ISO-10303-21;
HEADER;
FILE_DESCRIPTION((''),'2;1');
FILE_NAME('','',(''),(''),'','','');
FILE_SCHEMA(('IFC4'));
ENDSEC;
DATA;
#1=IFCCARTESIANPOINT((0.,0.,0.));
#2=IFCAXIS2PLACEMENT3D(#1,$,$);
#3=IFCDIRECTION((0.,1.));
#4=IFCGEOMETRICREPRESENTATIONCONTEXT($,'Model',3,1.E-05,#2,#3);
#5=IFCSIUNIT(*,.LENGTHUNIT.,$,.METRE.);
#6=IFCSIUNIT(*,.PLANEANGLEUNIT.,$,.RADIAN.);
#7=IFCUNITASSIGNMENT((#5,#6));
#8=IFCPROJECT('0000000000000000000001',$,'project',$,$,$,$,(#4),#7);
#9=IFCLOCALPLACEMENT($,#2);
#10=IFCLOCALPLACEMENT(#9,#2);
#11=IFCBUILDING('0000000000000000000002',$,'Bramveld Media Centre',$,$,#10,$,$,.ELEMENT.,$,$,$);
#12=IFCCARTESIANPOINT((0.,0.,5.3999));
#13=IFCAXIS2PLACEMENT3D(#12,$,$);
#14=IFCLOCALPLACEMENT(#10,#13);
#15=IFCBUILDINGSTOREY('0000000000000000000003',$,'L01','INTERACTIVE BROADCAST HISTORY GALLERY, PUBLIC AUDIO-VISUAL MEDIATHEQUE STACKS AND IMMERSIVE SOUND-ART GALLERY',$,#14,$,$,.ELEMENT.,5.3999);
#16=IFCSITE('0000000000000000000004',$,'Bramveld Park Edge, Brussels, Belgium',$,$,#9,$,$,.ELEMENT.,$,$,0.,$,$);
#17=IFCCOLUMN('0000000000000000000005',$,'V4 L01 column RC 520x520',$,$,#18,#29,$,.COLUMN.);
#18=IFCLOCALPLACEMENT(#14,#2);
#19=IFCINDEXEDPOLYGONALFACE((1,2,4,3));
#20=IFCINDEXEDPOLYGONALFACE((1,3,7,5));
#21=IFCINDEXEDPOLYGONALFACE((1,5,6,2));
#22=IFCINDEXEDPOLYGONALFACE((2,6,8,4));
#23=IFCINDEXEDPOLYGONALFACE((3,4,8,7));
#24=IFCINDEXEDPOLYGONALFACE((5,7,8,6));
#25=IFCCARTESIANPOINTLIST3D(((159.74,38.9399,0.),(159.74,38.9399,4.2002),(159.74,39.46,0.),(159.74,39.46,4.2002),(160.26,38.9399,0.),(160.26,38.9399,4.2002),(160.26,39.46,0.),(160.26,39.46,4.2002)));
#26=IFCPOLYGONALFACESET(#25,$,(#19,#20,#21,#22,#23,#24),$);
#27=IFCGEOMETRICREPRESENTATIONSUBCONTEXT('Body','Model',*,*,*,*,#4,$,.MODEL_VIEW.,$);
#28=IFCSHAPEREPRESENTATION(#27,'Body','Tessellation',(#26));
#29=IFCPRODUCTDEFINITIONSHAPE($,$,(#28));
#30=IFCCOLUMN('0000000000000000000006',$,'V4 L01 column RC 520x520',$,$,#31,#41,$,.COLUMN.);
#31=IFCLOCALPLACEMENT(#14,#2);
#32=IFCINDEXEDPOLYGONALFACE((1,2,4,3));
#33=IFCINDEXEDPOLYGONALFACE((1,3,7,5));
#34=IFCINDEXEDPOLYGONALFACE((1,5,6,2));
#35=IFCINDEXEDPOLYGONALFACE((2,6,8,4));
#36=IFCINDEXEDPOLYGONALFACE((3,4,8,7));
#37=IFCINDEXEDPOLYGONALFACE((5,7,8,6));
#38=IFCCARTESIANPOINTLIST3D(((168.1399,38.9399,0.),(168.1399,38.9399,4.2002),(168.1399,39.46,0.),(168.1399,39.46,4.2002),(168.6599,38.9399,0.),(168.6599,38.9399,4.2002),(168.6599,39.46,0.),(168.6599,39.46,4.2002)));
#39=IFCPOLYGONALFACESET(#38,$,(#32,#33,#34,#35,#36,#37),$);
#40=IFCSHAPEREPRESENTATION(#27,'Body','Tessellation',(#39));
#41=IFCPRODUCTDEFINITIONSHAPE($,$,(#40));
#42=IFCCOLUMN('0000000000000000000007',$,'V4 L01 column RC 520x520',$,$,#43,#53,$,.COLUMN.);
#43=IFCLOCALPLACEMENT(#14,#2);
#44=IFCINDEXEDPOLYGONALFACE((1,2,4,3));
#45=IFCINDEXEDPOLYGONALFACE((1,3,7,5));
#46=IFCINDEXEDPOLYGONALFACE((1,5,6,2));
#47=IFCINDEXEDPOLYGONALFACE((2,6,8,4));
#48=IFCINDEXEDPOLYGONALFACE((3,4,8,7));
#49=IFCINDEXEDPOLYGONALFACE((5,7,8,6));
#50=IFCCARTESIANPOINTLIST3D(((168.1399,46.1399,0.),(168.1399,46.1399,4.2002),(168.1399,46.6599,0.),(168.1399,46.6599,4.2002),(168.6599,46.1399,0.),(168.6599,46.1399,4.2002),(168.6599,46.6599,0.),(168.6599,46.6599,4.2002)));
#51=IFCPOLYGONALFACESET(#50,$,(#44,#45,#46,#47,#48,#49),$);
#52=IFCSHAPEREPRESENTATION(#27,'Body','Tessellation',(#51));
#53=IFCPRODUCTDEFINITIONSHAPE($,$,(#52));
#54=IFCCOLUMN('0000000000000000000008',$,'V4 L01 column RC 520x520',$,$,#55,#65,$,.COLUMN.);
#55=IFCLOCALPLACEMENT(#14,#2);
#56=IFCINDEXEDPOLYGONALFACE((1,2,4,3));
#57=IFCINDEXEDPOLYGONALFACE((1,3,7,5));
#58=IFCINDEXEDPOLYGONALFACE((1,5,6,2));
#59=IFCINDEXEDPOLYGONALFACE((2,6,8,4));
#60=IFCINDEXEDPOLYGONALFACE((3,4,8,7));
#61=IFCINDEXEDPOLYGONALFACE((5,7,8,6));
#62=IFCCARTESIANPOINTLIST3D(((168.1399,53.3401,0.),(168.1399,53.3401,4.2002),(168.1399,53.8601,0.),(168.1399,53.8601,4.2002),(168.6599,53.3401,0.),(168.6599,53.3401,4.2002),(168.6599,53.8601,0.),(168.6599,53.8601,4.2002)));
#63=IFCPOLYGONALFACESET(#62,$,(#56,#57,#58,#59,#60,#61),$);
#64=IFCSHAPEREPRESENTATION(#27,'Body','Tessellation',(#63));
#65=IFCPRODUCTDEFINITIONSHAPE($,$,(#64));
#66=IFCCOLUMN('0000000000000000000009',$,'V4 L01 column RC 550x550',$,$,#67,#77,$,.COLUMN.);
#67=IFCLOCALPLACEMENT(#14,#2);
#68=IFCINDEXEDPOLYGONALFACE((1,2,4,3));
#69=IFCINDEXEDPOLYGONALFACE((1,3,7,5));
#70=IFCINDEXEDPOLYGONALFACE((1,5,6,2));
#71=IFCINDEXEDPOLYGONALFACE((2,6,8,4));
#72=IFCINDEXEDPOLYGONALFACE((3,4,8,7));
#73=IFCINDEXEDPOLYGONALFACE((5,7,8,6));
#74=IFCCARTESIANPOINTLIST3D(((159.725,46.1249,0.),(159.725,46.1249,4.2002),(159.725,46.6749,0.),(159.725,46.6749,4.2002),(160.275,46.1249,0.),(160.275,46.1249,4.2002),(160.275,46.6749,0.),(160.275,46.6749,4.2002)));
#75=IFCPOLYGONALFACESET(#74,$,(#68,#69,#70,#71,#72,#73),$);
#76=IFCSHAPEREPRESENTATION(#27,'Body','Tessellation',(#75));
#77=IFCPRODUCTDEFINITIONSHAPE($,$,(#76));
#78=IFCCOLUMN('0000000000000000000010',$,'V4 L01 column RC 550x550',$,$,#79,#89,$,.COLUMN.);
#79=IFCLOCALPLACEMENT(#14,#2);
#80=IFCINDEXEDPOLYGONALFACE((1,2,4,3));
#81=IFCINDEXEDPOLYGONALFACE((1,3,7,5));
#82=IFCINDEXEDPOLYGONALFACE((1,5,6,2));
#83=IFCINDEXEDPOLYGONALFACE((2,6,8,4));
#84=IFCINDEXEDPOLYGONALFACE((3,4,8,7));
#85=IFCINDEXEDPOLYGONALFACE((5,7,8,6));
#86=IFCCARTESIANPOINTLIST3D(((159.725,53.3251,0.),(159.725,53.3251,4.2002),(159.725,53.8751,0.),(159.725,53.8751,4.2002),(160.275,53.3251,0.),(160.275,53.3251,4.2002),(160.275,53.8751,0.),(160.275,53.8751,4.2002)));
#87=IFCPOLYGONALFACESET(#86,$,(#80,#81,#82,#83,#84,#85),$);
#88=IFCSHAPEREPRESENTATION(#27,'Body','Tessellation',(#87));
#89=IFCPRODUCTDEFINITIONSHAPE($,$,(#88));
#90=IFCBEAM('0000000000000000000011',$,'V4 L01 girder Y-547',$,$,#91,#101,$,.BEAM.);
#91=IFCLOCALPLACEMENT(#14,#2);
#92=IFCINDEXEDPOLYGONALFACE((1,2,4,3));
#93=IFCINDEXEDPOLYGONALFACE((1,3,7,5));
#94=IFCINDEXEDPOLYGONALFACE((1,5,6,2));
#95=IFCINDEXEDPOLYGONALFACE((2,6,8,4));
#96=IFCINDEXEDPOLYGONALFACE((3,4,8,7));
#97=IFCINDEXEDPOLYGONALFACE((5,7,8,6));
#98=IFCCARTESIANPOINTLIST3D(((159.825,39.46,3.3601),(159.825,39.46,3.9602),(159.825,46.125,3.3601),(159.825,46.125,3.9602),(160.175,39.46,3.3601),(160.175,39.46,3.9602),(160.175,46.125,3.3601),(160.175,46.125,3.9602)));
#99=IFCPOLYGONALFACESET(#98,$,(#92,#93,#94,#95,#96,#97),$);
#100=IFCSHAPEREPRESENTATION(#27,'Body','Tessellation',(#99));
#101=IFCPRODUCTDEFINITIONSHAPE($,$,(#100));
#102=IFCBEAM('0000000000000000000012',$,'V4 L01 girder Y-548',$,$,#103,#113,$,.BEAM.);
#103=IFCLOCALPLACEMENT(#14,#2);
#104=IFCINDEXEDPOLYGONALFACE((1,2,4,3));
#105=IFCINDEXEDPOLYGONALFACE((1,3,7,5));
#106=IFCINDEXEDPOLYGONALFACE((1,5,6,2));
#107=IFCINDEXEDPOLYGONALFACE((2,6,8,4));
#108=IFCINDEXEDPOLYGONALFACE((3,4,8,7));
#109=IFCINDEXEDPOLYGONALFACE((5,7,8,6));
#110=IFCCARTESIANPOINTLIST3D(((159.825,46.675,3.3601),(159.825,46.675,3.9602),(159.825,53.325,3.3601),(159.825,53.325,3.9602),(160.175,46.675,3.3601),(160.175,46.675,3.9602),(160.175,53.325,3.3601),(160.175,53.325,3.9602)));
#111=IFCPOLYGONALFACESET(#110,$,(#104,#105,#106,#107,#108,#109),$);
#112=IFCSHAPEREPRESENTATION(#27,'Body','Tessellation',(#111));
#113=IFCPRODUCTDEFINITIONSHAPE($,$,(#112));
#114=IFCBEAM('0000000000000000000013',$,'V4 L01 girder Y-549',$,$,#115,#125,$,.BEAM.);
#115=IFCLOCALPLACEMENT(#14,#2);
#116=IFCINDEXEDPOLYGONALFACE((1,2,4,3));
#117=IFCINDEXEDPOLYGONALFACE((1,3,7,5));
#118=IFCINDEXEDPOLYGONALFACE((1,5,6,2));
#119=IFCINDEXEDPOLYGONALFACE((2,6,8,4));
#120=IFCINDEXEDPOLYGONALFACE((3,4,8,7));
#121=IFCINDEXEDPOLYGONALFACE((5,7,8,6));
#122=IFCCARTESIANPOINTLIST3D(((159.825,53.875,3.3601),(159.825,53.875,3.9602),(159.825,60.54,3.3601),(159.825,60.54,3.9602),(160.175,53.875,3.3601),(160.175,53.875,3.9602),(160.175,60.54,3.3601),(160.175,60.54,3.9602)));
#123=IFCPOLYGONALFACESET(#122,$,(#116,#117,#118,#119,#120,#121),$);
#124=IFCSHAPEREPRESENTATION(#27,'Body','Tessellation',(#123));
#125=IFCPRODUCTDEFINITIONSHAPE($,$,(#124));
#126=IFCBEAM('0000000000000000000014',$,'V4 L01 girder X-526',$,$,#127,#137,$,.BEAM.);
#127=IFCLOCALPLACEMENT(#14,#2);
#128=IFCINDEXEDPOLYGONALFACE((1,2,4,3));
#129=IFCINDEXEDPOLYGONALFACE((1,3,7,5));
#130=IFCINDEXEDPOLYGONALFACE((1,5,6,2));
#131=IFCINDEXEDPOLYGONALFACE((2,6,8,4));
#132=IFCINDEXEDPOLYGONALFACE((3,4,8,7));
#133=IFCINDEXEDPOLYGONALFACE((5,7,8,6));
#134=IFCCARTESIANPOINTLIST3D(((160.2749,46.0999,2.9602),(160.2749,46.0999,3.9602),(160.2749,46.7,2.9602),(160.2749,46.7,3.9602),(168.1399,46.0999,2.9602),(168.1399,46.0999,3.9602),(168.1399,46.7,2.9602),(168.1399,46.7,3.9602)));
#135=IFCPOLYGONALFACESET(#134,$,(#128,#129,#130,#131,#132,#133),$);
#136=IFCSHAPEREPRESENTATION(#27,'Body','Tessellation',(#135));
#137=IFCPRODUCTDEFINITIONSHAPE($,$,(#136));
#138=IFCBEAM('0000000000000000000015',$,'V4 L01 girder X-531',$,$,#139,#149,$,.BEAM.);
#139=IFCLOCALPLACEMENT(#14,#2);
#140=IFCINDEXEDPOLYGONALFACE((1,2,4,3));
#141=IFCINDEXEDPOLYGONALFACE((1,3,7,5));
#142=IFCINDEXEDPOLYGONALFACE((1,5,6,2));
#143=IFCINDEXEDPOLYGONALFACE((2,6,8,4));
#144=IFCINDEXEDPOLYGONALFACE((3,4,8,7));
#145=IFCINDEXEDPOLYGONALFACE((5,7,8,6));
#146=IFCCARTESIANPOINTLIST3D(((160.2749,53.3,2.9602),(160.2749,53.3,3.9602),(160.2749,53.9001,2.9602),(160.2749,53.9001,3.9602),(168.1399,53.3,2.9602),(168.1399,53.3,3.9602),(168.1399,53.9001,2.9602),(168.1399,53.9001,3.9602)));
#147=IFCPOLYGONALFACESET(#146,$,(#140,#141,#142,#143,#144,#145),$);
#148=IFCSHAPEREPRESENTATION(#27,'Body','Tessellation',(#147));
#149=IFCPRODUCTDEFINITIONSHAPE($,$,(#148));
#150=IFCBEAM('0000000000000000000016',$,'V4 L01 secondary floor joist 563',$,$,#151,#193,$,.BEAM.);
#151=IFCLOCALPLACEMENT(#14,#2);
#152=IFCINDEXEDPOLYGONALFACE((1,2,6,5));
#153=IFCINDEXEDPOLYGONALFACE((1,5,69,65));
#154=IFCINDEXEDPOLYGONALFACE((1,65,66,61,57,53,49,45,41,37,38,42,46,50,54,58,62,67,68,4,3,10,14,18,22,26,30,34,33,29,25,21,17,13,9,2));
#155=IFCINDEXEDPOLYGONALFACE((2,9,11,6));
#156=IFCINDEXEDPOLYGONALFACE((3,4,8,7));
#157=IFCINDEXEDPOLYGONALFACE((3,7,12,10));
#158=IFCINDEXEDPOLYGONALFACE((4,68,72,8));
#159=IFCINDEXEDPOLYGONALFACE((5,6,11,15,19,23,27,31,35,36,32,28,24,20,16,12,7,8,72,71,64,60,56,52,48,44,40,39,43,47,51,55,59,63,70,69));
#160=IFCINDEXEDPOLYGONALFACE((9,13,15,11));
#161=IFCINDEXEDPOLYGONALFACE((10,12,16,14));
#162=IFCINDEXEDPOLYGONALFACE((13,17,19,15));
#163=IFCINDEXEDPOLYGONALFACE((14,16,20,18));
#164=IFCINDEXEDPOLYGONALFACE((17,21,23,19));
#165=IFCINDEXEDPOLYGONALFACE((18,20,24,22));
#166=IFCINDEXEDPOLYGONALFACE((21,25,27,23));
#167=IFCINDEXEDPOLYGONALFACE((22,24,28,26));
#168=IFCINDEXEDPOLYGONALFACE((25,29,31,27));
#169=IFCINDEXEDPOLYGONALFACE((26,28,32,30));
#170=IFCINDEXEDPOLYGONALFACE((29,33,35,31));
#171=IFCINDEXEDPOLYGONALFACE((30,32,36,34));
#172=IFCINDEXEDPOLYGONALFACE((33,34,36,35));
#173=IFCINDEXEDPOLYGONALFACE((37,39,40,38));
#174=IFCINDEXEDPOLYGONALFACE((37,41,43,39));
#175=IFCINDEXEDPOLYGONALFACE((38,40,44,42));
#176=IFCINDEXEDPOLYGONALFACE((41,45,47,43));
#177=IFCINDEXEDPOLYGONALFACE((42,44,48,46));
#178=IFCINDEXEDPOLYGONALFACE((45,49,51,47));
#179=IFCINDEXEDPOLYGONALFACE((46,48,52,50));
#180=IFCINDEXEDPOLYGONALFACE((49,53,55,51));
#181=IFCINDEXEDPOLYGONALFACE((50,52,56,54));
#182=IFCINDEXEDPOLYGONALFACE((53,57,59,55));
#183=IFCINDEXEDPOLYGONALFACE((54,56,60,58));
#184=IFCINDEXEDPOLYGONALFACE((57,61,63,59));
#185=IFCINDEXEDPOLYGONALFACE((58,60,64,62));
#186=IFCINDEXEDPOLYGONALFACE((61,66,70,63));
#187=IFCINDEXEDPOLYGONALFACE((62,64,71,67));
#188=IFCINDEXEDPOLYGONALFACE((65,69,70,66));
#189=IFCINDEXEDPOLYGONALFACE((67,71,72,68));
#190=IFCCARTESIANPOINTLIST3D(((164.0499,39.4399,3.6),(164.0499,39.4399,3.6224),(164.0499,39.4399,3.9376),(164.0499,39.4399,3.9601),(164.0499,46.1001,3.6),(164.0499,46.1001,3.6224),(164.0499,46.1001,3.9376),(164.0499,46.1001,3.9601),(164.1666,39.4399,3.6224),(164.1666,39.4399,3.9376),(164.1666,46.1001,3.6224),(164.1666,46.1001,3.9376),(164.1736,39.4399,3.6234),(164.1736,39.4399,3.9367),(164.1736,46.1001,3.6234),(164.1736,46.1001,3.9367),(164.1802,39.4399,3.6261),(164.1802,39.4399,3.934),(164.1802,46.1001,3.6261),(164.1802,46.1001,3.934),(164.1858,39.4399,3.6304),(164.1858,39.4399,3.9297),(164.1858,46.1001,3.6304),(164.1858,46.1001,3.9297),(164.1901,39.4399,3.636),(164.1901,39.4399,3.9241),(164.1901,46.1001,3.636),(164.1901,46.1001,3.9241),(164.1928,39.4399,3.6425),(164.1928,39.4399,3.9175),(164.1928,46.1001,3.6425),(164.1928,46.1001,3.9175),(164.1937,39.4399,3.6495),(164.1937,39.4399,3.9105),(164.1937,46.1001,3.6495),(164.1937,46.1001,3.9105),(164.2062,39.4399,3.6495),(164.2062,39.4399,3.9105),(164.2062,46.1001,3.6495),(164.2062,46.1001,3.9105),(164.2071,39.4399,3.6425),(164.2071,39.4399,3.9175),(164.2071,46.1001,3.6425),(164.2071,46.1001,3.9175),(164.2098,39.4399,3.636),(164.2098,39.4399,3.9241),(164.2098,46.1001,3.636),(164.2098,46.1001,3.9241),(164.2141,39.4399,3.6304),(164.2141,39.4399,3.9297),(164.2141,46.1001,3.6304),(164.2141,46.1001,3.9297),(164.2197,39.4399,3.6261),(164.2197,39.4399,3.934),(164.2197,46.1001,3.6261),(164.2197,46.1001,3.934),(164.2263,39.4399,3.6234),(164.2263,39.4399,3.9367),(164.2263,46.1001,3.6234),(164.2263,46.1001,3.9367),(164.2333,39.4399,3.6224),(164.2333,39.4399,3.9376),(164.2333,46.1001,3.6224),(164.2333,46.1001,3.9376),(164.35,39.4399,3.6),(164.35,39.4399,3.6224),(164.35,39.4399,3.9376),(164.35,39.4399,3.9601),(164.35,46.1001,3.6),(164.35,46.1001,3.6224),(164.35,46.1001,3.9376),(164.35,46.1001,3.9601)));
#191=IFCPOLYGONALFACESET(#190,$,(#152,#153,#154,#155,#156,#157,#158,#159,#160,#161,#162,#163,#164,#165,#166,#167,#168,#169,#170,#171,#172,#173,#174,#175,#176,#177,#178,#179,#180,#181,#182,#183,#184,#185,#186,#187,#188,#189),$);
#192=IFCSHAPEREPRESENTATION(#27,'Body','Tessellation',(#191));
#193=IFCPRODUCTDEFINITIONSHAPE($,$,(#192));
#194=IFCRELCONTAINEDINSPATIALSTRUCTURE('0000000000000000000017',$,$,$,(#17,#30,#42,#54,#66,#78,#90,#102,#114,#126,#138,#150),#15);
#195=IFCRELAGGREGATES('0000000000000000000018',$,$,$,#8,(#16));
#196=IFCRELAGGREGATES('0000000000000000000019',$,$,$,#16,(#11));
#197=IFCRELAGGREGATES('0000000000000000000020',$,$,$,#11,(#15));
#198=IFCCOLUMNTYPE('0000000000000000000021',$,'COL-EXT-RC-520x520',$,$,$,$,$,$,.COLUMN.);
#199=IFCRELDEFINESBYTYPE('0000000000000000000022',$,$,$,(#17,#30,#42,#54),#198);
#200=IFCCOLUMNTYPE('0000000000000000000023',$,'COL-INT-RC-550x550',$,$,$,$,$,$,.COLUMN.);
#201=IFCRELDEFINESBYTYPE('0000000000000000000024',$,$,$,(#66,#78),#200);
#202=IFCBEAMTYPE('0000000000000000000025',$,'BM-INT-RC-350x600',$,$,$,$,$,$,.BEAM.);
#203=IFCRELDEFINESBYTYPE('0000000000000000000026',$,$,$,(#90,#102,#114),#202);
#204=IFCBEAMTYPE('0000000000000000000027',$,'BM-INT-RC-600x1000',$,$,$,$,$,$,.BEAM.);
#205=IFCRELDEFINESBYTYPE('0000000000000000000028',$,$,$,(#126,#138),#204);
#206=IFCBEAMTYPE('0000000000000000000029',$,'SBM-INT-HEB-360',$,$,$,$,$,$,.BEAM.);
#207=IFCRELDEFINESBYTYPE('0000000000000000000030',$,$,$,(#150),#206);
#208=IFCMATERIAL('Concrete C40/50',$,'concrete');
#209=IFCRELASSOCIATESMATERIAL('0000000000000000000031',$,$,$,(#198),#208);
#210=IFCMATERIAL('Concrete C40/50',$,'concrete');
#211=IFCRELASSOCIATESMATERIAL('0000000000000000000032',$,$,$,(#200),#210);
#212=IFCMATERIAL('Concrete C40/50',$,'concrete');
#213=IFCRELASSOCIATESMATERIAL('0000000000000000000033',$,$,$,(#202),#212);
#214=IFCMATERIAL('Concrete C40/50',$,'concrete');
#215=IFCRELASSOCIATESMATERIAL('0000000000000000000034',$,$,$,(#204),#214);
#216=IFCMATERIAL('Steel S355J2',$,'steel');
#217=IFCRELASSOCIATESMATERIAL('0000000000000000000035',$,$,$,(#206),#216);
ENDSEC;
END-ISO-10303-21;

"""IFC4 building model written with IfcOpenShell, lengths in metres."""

from ifc_helpers import new_model, si_unit, direction, frame, origin, origin_2d, place, context, subcontext, project, spatial, rectangle, i_section, extrude, material, material_profile, profile_set, type_object, element, save


model = new_model("IFC4")

# Units and contexts
model_context = context("Model", 3, precision=1e-05, world=origin(), true_north=direction((0.0, 1.0)))
body_context = subcontext(model_context, "Body", "Model", "MODEL_VIEW")
ifc_project = project(units=[si_unit("LENGTHUNIT", "METRE"), si_unit("PLANEANGLEUNIT", "RADIAN")], contexts=[model_context])

# Site, building, storey
site_placement = place(None, origin())
site = spatial("IfcSite", under=ifc_project, at=site_placement, Name="Bramveld Park Edge, Brussels, Belgium", CompositionType="ELEMENT", RefElevation=0.0)
building_placement = place(site_placement, origin())
building = spatial("IfcBuilding", under=site, at=building_placement, Name="Bramveld Media Centre", CompositionType="ELEMENT")
storey_placement = place(building_placement, frame((0.0, 0.0, 5.3999)))
storey = spatial("IfcBuildingStorey", under=building, at=storey_placement, Name="L01", Description="INTERACTIVE BROADCAST HISTORY GALLERY, PUBLIC AUDIO-VISUAL MEDIATHEQUE STACKS AND IMMERSIVE SOUND-ART GALLERY", CompositionType="ELEMENT", Elevation=5.3999)

# Columns
ifc_material_1 = material(Name="Concrete C40/50", Category="concrete")
ifc_material_profile_1 = material_profile(ifc_material_1, rectangle(XDim=0.52, YDim=0.52, at=origin_2d()), Name="RC 520x520")
ifc_profile_set_1 = profile_set([ifc_material_profile_1], Name="Concrete C40/50")
column_type_1 = type_object("IfcColumnType", Name="COL-EXT-RC-520x520", PredefinedType="COLUMN", material=ifc_profile_set_1)
for number, where, z_axis, x_axis, name in (
    (1, (160.0, 39.2, 0.0), (0.0, 0.0, 1.0), (1.0, 0.0, 0.0), "V4 L01 column RC 520x520"),
    (2, (168.3999, 39.2, 0.0), (0.0, 0.0, 1.0), (1.0, 0.0, 0.0), "V4 L01 column RC 520x520"),
    (3, (168.3999, 46.3999, 0.0), (0.0, 0.0, 1.0), (1.0, 0.0, 0.0), "V4 L01 column RC 520x520"),
    (4, (168.3999, 53.6001, 0.0), (0.0, 0.0, 1.0), (1.0, 0.0, 0.0), "V4 L01 column RC 520x520"),
):
    element("IfcColumn", number, at=place(storey_placement, frame(where, z_axis=z_axis, x_axis=x_axis)), inside=storey, type_object=column_type_1, Name=name, PredefinedType="COLUMN", context=body_context, shape_type="SweptSolid", body=[
        extrude(rectangle(XDim=0.52, YDim=0.52, at=origin_2d()), origin(), (0.0, 0.0, 1.0), 4.2002),
    ])
ifc_material_2 = material(Name="Concrete C40/50", Category="concrete")
ifc_material_profile_2 = material_profile(ifc_material_2, rectangle(XDim=0.55, YDim=0.55, at=origin_2d()), Name="RC 550x550")
ifc_profile_set_2 = profile_set([ifc_material_profile_2], Name="Concrete C40/50")
column_type_2 = type_object("IfcColumnType", Name="COL-INT-RC-550x550", PredefinedType="COLUMN", material=ifc_profile_set_2)
for number, where, z_axis, x_axis, name in (
    (5, (160.0, 46.3999, 0.0), (0.0, 0.0, 1.0), (1.0, 0.0, 0.0), "V4 L01 column RC 550x550"),
    (6, (160.0, 53.6001, 0.0), (0.0, 0.0, 1.0), (1.0, 0.0, 0.0), "V4 L01 column RC 550x550"),
):
    element("IfcColumn", number, at=place(storey_placement, frame(where, z_axis=z_axis, x_axis=x_axis)), inside=storey, type_object=column_type_2, Name=name, PredefinedType="COLUMN", context=body_context, shape_type="SweptSolid", body=[
        extrude(rectangle(XDim=0.55, YDim=0.55, at=origin_2d()), origin(), (0.0, 0.0, 1.0), 4.2002),
    ])

# Beams
ifc_material_3 = material(Name="Concrete C40/50", Category="concrete")
ifc_material_profile_3 = material_profile(ifc_material_3, rectangle(XDim=0.3501, YDim=0.6001, at=origin_2d()), Name="RC 350x600")
ifc_profile_set_3 = profile_set([ifc_material_profile_3], Name="Concrete C40/50")
beam_type_1 = type_object("IfcBeamType", Name="BM-INT-RC-350x600", PredefinedType="BEAM", material=ifc_profile_set_3)
beam_1_placement = place(storey_placement, frame((160.0, 39.46, 3.6602), z_axis=(0.0, 1.0, 0.0), x_axis=(-1.0, 0.0, 0.0)))
element("IfcBeam", 7, at=beam_1_placement, inside=storey, type_object=beam_type_1, Name="V4 L01 girder Y-547", PredefinedType="BEAM", context=body_context, shape_type="SweptSolid", body=[
    extrude(rectangle(XDim=0.3501, YDim=0.6001, at=origin_2d()), origin(), (0.0, 0.0, 1.0), 6.665),
])
beam_2_placement = place(storey_placement, frame((160.0, 46.675, 3.6602), z_axis=(0.0, 1.0, 0.0), x_axis=(-1.0, 0.0, 0.0)))
element("IfcBeam", 8, at=beam_2_placement, inside=storey, type_object=beam_type_1, Name="V4 L01 girder Y-548", PredefinedType="BEAM", context=body_context, shape_type="SweptSolid", body=[
    extrude(rectangle(XDim=0.3501, YDim=0.6001, at=origin_2d()), origin(), (0.0, 0.0, 1.0), 6.6499),
])
beam_3_placement = place(storey_placement, frame((160.0, 53.875, 3.6602), z_axis=(0.0, 1.0, 0.0), x_axis=(-1.0, 0.0, 0.0)))
element("IfcBeam", 9, at=beam_3_placement, inside=storey, type_object=beam_type_1, Name="V4 L01 girder Y-549", PredefinedType="BEAM", context=body_context, shape_type="SweptSolid", body=[
    extrude(rectangle(XDim=0.3501, YDim=0.6001, at=origin_2d()), origin(), (0.0, 0.0, 1.0), 6.665),
])
ifc_material_4 = material(Name="Concrete C40/50", Category="concrete")
ifc_material_profile_4 = material_profile(ifc_material_4, rectangle(XDim=0.6001, YDim=1.0, at=origin_2d()), Name="RC 600x1000")
ifc_profile_set_4 = profile_set([ifc_material_profile_4], Name="Concrete C40/50")
beam_type_2 = type_object("IfcBeamType", Name="BM-INT-RC-600x1000", PredefinedType="BEAM", material=ifc_profile_set_4)
for number, where, z_axis, x_axis, name in (
    (10, (160.2749, 46.3999, 3.4602), (1.0, 0.0, 0.0), (0.0, 1.0, 0.0), "V4 L01 girder X-526"),
    (11, (160.2749, 53.6001, 3.4602), (1.0, 0.0, 0.0), (0.0, 1.0, 0.0), "V4 L01 girder X-531"),
):
    element("IfcBeam", number, at=place(storey_placement, frame(where, z_axis=z_axis, x_axis=x_axis)), inside=storey, type_object=beam_type_2, Name=name, PredefinedType="BEAM", context=body_context, shape_type="SweptSolid", body=[
        extrude(rectangle(XDim=0.6001, YDim=1.0, at=origin_2d()), origin(), (0.0, 0.0, 1.0), 7.865),
    ])
ifc_material_5 = material(Name="Steel S355J2", Category="steel")
ifc_material_profile_5 = material_profile(ifc_material_5, i_section(OverallWidth=0.3, OverallDepth=0.3601, WebThickness=0.0125, FlangeThickness=0.0225, FilletRadius=0.0271, at=origin_2d()), Name="HEB 360")
ifc_profile_set_5 = profile_set([ifc_material_profile_5], Name="Steel S355J2")
beam_type_3 = type_object("IfcBeamType", Name="SBM-INT-HEB-360", PredefinedType="BEAM", material=ifc_profile_set_5)
beam_4_placement = place(storey_placement, frame((164.2, 39.4399, 3.78), z_axis=(0.0, 1.0, 0.0), x_axis=(-1.0, 0.0, 0.0)))
element("IfcBeam", 12, at=beam_4_placement, inside=storey, type_object=beam_type_3, Name="V4 L01 secondary floor joist 563", PredefinedType="BEAM", context=body_context, shape_type="SweptSolid", body=[
    extrude(i_section(OverallWidth=0.3, OverallDepth=0.3601, WebThickness=0.0125, FlangeThickness=0.0225, FilletRadius=0.0271, at=origin_2d()), origin(), (0.0, 0.0, 1.0), 6.6602),
])

save(model, "model.ifc")
